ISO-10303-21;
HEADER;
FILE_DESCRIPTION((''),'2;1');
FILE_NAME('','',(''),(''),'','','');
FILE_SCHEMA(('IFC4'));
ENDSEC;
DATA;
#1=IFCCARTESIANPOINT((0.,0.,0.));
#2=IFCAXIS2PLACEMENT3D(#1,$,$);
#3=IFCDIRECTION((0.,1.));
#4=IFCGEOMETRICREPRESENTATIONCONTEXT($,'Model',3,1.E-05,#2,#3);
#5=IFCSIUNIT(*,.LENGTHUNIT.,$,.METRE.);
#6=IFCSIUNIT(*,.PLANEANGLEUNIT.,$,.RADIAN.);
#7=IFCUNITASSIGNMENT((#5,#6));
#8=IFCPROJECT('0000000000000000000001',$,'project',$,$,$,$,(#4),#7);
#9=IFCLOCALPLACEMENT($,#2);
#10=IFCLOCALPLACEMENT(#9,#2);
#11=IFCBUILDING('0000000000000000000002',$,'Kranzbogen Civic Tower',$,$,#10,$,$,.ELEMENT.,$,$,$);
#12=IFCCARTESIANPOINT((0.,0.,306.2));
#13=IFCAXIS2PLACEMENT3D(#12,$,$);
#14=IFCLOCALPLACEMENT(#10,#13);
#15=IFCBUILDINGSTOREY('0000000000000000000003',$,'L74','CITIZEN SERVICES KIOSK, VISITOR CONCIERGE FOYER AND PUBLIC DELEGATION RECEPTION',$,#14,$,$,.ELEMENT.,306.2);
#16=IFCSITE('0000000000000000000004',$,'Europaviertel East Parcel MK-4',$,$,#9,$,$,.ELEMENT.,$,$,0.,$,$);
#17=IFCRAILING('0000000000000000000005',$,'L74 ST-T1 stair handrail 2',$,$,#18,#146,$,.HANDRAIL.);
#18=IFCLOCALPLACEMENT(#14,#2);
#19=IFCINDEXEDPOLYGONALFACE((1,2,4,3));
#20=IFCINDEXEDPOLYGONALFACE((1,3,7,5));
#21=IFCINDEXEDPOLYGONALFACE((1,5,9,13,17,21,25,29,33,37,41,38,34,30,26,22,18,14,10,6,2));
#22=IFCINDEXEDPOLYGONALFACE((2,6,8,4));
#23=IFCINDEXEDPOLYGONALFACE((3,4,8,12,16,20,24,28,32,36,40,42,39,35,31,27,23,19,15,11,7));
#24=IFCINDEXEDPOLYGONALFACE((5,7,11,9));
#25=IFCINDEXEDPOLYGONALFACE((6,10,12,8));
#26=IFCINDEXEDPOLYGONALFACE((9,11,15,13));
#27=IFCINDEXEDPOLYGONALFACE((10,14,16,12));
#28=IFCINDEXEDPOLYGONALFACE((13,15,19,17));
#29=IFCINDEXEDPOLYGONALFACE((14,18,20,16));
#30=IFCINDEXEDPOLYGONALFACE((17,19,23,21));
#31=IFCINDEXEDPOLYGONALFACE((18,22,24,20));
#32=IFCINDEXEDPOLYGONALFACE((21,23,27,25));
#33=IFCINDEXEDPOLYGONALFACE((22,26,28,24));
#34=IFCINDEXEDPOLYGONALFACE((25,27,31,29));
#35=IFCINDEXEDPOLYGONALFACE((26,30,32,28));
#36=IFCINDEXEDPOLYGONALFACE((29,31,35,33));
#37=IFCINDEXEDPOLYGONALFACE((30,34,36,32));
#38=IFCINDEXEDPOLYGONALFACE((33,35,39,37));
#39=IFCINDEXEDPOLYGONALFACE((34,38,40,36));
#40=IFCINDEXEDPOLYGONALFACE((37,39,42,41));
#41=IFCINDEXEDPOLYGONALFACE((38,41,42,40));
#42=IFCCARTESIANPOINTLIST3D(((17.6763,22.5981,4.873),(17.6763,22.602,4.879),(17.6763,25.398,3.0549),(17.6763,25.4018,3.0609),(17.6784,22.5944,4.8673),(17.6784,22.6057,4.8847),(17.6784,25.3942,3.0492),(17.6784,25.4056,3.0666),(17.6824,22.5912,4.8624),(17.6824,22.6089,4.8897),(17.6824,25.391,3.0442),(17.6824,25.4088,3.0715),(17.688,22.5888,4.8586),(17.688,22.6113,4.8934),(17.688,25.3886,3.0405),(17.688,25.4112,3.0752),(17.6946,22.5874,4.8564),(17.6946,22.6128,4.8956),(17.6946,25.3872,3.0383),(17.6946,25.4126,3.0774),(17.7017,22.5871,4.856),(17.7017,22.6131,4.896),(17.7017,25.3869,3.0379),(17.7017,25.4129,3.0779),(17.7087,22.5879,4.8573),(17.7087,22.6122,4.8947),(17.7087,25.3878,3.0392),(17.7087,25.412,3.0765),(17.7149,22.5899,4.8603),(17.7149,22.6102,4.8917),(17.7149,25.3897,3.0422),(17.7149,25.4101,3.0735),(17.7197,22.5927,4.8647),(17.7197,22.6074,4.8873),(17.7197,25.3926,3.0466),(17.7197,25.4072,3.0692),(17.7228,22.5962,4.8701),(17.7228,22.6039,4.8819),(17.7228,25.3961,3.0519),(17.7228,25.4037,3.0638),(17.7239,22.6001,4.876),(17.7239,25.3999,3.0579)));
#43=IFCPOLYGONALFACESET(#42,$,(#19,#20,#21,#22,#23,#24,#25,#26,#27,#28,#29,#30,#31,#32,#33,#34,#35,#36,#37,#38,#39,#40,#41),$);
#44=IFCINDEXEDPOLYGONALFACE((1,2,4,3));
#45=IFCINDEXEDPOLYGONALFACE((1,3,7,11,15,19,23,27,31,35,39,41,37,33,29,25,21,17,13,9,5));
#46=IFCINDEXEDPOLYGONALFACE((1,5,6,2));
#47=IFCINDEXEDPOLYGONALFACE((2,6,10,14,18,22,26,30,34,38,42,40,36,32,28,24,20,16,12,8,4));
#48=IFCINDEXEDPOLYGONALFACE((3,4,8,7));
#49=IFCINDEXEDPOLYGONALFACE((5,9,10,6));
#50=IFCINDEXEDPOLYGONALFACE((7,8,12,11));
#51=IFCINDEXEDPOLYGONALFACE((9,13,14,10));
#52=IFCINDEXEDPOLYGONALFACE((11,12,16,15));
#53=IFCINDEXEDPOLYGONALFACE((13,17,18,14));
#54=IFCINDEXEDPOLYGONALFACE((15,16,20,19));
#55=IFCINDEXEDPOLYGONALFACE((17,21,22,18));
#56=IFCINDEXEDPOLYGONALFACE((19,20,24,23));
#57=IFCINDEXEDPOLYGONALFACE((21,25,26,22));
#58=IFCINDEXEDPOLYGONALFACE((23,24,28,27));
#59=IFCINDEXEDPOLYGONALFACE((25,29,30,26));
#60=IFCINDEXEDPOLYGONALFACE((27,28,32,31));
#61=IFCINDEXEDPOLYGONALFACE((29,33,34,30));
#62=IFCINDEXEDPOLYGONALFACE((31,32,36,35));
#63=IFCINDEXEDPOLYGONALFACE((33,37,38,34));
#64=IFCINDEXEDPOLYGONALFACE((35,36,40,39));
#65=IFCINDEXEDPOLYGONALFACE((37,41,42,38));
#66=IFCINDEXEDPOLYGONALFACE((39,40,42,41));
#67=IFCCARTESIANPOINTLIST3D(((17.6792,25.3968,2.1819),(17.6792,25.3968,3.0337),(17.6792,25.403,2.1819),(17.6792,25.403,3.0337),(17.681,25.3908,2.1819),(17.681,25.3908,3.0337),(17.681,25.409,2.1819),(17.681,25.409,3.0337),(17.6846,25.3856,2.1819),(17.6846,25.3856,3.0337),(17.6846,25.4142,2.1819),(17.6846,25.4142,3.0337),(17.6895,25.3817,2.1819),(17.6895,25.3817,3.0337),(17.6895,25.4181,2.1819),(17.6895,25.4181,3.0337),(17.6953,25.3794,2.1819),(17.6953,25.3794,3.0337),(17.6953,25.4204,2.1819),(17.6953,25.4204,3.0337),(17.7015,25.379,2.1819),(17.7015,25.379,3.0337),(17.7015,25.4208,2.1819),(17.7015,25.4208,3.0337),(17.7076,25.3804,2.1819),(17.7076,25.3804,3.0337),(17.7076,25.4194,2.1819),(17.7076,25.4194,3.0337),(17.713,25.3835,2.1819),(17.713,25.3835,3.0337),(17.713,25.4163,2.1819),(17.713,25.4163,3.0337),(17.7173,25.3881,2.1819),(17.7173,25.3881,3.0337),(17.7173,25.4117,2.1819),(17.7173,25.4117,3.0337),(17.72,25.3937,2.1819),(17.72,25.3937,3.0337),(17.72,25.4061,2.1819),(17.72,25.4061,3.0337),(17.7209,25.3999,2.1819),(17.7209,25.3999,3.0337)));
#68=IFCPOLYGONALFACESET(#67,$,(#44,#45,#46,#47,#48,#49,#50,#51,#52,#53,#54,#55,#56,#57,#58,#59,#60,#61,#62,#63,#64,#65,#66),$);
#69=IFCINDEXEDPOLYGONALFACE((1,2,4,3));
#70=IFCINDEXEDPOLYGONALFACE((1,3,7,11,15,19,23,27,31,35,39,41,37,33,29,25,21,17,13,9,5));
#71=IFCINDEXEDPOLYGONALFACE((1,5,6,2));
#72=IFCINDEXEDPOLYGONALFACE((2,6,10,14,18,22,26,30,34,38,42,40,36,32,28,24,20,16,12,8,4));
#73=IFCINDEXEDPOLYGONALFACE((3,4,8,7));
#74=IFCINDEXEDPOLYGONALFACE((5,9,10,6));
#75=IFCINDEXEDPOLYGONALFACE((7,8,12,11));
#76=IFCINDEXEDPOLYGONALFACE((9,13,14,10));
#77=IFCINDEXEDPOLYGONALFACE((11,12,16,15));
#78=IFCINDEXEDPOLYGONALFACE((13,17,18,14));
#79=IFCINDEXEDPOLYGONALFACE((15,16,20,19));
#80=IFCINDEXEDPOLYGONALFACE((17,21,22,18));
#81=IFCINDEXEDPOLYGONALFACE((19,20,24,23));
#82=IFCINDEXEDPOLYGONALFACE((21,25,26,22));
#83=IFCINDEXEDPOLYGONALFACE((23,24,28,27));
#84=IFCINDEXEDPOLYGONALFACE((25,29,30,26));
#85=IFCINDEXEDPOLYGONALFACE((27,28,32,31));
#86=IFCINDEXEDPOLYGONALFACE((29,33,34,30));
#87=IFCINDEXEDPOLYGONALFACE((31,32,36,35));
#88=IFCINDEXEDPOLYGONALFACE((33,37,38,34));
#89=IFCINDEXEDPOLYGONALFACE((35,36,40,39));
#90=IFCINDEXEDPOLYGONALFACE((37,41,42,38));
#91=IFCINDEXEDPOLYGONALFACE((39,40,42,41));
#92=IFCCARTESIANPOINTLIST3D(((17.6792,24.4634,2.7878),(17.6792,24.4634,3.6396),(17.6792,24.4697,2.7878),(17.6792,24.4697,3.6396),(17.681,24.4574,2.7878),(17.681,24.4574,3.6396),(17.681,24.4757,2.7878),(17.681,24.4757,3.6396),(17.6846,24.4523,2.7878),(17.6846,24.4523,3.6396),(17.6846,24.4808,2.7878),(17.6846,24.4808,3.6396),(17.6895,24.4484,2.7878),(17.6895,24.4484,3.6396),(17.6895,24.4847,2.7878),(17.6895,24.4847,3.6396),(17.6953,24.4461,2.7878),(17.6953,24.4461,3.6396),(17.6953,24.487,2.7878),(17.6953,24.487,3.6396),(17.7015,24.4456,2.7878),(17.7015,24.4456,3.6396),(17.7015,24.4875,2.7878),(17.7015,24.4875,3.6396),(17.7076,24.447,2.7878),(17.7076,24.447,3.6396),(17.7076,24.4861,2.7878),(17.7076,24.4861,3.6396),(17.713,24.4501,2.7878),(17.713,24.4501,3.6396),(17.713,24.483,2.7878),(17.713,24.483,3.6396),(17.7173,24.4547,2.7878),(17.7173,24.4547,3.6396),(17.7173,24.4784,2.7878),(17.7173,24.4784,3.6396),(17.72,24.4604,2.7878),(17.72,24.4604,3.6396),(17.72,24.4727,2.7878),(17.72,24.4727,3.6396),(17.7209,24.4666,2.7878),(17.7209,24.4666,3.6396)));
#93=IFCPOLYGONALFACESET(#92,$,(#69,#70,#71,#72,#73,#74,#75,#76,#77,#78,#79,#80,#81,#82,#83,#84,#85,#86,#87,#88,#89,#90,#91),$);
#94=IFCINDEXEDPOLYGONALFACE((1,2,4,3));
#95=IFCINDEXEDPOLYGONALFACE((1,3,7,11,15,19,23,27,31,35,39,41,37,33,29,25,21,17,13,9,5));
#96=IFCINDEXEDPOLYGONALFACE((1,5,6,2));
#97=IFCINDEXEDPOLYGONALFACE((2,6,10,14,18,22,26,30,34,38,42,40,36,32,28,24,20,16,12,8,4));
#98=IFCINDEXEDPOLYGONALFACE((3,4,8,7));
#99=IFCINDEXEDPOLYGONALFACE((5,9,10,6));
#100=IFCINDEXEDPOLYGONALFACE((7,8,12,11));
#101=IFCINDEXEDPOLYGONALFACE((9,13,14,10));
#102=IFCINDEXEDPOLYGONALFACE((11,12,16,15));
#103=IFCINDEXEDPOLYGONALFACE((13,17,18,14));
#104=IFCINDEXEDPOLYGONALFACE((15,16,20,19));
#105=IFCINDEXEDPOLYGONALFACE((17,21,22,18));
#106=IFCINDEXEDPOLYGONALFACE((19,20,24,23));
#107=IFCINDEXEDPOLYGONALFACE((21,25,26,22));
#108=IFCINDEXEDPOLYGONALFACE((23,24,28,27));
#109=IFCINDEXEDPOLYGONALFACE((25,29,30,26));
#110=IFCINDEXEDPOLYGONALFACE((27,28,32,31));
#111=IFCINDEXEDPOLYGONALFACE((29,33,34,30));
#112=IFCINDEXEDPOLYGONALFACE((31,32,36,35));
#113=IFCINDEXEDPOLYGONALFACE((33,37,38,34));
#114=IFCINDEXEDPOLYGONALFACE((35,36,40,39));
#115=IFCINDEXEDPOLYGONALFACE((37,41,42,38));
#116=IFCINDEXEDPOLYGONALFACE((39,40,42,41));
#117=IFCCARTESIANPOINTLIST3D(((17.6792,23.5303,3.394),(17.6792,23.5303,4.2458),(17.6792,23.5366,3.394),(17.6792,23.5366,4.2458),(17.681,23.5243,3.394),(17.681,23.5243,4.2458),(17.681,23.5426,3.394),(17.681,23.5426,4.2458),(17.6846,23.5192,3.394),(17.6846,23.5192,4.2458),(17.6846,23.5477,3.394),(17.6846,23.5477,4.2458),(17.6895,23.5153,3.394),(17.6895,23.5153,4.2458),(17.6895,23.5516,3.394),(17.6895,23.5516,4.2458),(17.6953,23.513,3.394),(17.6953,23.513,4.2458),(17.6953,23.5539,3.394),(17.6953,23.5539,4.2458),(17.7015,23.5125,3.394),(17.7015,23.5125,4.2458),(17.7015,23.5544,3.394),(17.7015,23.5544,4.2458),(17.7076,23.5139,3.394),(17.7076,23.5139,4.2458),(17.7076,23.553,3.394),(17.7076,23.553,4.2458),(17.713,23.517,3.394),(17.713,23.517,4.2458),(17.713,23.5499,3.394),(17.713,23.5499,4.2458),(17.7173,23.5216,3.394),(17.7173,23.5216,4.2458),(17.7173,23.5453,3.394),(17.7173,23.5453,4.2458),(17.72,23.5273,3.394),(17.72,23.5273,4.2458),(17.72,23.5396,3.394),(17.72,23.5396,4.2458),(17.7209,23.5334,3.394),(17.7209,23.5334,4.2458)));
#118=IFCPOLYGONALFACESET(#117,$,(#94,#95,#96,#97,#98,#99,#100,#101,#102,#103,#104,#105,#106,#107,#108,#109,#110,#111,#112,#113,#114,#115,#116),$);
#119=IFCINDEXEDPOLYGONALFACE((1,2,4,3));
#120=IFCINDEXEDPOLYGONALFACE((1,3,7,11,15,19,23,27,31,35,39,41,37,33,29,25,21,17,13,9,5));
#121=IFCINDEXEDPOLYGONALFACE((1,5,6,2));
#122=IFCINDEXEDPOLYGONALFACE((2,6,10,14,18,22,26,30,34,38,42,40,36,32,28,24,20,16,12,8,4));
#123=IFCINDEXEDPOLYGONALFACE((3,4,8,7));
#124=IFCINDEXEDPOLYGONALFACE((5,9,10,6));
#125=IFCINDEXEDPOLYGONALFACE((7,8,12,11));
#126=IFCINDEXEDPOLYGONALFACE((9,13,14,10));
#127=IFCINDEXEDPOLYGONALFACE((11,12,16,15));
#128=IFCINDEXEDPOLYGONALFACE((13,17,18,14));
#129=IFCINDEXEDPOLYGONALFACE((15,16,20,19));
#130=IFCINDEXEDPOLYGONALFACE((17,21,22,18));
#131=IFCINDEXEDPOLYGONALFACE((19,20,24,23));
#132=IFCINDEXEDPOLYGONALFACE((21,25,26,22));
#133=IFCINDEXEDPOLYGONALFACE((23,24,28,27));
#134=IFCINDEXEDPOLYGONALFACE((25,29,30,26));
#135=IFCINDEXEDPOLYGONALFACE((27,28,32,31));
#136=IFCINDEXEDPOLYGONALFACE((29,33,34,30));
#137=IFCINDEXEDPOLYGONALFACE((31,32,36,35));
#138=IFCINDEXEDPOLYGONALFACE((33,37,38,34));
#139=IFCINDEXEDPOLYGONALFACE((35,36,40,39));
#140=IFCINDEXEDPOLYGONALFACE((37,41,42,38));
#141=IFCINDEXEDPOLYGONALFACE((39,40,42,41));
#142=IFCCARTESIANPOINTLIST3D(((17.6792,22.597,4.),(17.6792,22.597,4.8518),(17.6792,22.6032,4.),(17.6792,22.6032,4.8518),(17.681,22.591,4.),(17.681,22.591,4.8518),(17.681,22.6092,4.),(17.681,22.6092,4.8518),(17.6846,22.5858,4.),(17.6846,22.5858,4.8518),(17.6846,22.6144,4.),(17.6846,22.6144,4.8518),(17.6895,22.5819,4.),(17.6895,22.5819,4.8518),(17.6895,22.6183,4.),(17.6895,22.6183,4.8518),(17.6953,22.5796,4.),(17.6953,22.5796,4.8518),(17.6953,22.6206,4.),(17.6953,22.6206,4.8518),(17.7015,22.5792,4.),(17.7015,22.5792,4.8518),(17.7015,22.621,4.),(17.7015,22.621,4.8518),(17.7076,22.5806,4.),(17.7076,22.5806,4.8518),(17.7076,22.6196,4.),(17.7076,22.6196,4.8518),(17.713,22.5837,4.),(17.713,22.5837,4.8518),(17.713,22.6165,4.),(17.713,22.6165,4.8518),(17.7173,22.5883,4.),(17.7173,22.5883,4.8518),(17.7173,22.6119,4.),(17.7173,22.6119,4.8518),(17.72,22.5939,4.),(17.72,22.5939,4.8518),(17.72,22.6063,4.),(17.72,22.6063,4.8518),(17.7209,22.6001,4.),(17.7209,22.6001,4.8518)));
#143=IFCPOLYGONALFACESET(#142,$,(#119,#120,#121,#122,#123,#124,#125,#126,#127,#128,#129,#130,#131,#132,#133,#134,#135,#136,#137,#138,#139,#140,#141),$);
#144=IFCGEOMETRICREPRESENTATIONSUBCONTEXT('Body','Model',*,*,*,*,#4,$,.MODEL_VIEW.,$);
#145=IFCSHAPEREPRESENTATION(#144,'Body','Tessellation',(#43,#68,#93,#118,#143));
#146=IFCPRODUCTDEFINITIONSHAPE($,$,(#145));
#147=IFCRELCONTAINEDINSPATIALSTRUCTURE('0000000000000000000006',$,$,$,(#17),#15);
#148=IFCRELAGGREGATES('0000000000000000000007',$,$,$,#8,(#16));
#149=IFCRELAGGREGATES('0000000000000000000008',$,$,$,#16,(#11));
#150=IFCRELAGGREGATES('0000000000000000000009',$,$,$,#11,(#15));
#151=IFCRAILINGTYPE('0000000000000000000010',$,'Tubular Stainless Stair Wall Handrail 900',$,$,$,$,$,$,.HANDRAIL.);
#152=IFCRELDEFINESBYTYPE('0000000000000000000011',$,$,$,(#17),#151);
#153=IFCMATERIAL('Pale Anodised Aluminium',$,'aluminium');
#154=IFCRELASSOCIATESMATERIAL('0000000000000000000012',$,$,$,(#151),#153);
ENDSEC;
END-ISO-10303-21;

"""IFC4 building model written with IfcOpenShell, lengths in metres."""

from ifc_helpers import new_model, si_unit, direction, frame, origin, origin_2d, place, context, subcontext, project, spatial, circle, extrude, material, type_object, element, save


model = new_model("IFC4")

# Units and contexts
model_context = context("Model", 3, precision=1e-05, world=origin(), true_north=direction((0.0, 1.0)))
body_context = subcontext(model_context, "Body", "Model", "MODEL_VIEW")
ifc_project = project(units=[si_unit("LENGTHUNIT", "METRE"), si_unit("PLANEANGLEUNIT", "RADIAN")], contexts=[model_context])

# Site, building, storey
site_placement = place(None, origin())
site = spatial("IfcSite", under=ifc_project, at=site_placement, Name="Europaviertel East Parcel MK-4", CompositionType="ELEMENT", RefElevation=0.0)
building_placement = place(site_placement, origin())
building = spatial("IfcBuilding", under=site, at=building_placement, Name="Kranzbogen Civic Tower", CompositionType="ELEMENT")
storey_placement = place(building_placement, frame((0.0, 0.0, 306.2)))
storey = spatial("IfcBuildingStorey", under=building, at=storey_placement, Name="L74", Description="CITIZEN SERVICES KIOSK, VISITOR CONCIERGE FOYER AND PUBLIC DELEGATION RECEPTION", CompositionType="ELEMENT", Elevation=306.2)

# Shared definitions
ifc_material_1 = material(Name="Pale Anodised Aluminium", Category="aluminium")

# Railing
railing_type_1 = type_object("IfcRailingType", Name="Tubular Stainless Stair Wall Handrail 900", PredefinedType="HANDRAIL", material=ifc_material_1)
railing_1_placement = place(storey_placement, frame((17.7, 25.3999, 2.1819)))
element("IfcRailing", 1, at=railing_1_placement, inside=storey, type_object=railing_type_1, Name="L74 ST-T1 stair handrail 2", PredefinedType="HANDRAIL", context=body_context, shape_type="SweptSolid", body=[
    extrude(circle(Radius=0.0239, at=origin_2d()), frame((0.0, 0.0, 0.876), z_axis=(0.0, -0.838684, 0.544618), x_axis=(1.0, 0.0, 0.0)), (0.0, 0.0, 1.0), 3.3384),
    extrude(circle(Radius=0.021, at=origin_2d()), origin(), (0.0, 0.0, 1.0), 0.8518),
    extrude(circle(Radius=0.021, at=origin_2d()), frame((0.0, -0.9333, 0.606)), (0.0, 0.0, 1.0), 0.8518),
    extrude(circle(Radius=0.021, at=origin_2d()), frame((0.0, -1.8665, 1.2122)), (0.0, 0.0, 1.0), 0.8518),
    extrude(circle(Radius=0.021, at=origin_2d()), frame((0.0, -2.7998, 1.8181)), (0.0, 0.0, 1.0), 0.8518),
])

save(model, "model.ifc")
